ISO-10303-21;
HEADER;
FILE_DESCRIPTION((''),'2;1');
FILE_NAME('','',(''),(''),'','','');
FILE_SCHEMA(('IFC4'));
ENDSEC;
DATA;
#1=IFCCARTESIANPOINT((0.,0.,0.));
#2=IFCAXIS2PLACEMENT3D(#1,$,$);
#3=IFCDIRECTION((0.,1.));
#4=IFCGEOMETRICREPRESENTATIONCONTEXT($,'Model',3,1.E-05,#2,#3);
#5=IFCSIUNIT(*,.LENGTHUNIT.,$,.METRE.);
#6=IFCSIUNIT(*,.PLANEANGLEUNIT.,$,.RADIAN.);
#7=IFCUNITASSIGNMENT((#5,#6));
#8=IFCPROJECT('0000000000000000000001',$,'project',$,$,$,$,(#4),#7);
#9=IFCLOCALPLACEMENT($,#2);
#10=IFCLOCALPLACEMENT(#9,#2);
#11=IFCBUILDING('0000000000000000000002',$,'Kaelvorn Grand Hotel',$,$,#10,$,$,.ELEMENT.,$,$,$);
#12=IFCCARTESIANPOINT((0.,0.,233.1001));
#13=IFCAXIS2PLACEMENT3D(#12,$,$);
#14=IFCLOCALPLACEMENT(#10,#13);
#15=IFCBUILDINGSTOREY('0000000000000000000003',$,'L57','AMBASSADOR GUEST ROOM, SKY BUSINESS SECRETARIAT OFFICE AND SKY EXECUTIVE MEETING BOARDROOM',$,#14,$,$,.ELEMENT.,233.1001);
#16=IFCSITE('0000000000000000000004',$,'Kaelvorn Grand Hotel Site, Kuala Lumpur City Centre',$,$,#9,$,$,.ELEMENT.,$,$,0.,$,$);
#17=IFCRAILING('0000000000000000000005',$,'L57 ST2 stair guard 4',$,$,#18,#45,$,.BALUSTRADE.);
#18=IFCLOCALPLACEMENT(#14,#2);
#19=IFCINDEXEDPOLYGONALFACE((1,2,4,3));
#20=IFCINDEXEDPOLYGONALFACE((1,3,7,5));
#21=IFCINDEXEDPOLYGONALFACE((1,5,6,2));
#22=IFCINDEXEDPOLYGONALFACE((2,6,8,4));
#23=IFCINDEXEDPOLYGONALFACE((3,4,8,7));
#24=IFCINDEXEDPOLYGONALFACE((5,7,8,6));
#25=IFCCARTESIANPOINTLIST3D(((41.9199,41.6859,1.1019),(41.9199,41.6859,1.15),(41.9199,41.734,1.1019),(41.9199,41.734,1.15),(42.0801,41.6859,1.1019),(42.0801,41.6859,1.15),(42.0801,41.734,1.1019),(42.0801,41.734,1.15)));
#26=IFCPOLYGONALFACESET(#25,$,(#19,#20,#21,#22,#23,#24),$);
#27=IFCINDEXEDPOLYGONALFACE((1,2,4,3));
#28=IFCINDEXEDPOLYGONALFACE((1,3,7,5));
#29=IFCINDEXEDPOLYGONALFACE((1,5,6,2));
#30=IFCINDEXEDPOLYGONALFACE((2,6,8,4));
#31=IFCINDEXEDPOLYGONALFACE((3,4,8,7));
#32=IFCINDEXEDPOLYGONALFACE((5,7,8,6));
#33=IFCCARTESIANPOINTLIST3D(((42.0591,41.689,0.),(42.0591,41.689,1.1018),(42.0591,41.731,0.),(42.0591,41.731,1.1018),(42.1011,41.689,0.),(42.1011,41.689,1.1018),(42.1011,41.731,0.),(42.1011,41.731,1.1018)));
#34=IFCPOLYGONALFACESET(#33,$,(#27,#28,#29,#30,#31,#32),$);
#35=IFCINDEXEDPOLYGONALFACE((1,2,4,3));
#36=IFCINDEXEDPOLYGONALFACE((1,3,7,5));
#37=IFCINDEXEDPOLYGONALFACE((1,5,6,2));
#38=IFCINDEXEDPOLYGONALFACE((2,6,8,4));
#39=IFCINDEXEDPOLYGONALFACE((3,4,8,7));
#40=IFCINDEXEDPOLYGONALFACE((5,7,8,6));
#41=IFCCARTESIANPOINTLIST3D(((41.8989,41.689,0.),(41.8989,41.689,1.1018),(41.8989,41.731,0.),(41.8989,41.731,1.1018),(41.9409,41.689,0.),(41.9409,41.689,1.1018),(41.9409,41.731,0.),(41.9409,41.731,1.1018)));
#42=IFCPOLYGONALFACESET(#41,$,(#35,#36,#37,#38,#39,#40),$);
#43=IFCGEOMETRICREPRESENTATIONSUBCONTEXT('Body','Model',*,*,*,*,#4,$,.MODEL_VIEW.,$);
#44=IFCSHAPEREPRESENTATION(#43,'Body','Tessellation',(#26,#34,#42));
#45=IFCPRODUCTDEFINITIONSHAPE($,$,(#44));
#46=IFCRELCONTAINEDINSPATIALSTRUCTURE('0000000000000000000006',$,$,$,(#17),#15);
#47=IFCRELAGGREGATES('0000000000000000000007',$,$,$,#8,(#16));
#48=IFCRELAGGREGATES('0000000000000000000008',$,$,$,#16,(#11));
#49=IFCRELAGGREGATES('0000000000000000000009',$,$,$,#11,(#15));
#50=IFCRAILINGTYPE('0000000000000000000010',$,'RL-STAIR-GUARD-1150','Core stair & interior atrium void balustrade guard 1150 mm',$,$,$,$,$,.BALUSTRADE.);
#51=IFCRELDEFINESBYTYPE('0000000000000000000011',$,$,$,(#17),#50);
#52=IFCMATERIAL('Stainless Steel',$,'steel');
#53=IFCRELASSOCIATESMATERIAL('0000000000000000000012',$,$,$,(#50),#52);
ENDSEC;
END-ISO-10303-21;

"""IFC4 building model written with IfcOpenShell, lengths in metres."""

from ifc_helpers import new_model, si_unit, direction, frame, origin, origin_2d, place, context, subcontext, project, spatial, rectangle, extrude, material, type_object, element, save


model = new_model("IFC4")

# Units and contexts
model_context = context("Model", 3, precision=1e-05, world=origin(), true_north=direction((0.0, 1.0)))
body_context = subcontext(model_context, "Body", "Model", "MODEL_VIEW")
ifc_project = project(units=[si_unit("LENGTHUNIT", "METRE"), si_unit("PLANEANGLEUNIT", "RADIAN")], contexts=[model_context])

# Site, building, storey
site_placement = place(None, origin())
site = spatial("IfcSite", under=ifc_project, at=site_placement, Name="Kaelvorn Grand Hotel Site, Kuala Lumpur City Centre", CompositionType="ELEMENT", RefElevation=0.0)
building_placement = place(site_placement, origin())
building = spatial("IfcBuilding", under=site, at=building_placement, Name="Kaelvorn Grand Hotel", CompositionType="ELEMENT")
storey_placement = place(building_placement, frame((0.0, 0.0, 233.1001)))
storey = spatial("IfcBuildingStorey", under=building, at=storey_placement, Name="L57", Description="AMBASSADOR GUEST ROOM, SKY BUSINESS SECRETARIAT OFFICE AND SKY EXECUTIVE MEETING BOARDROOM", CompositionType="ELEMENT", Elevation=233.1001)

# Railing
ifc_material_1 = material(Name="Stainless Steel", Category="steel")
railing_type_1 = type_object("IfcRailingType", Name="RL-STAIR-GUARD-1150", Description="Core stair & interior atrium void balustrade guard 1150 mm", PredefinedType="BALUSTRADE", material=ifc_material_1)
railing_1_placement = place(storey_placement, frame((42.0801, 41.71, 0.0)))
element("IfcRailing", 1, at=railing_1_placement, inside=storey, type_object=railing_type_1, Name="L57 ST2 stair guard 4", PredefinedType="BALUSTRADE", context=body_context, shape_type="SweptSolid", body=[
    extrude(rectangle(XDim=0.0481, YDim=0.0481, at=origin_2d()), frame((0.0, 0.0, 1.126), z_axis=(-1.0, 0.0, 0.0), x_axis=(0.0, -1.0, 0.0)), (0.0, 0.0, 1.0), 0.1602),
    extrude(rectangle(XDim=0.042, YDim=0.042, at=origin_2d()), origin(), (0.0, 0.0, 1.0), 1.1018),
    extrude(rectangle(XDim=0.042, YDim=0.042, at=origin_2d()), frame((-0.1602, 0.0, 0.0)), (0.0, 0.0, 1.0), 1.1018),
])

save(model, "model.ifc")
